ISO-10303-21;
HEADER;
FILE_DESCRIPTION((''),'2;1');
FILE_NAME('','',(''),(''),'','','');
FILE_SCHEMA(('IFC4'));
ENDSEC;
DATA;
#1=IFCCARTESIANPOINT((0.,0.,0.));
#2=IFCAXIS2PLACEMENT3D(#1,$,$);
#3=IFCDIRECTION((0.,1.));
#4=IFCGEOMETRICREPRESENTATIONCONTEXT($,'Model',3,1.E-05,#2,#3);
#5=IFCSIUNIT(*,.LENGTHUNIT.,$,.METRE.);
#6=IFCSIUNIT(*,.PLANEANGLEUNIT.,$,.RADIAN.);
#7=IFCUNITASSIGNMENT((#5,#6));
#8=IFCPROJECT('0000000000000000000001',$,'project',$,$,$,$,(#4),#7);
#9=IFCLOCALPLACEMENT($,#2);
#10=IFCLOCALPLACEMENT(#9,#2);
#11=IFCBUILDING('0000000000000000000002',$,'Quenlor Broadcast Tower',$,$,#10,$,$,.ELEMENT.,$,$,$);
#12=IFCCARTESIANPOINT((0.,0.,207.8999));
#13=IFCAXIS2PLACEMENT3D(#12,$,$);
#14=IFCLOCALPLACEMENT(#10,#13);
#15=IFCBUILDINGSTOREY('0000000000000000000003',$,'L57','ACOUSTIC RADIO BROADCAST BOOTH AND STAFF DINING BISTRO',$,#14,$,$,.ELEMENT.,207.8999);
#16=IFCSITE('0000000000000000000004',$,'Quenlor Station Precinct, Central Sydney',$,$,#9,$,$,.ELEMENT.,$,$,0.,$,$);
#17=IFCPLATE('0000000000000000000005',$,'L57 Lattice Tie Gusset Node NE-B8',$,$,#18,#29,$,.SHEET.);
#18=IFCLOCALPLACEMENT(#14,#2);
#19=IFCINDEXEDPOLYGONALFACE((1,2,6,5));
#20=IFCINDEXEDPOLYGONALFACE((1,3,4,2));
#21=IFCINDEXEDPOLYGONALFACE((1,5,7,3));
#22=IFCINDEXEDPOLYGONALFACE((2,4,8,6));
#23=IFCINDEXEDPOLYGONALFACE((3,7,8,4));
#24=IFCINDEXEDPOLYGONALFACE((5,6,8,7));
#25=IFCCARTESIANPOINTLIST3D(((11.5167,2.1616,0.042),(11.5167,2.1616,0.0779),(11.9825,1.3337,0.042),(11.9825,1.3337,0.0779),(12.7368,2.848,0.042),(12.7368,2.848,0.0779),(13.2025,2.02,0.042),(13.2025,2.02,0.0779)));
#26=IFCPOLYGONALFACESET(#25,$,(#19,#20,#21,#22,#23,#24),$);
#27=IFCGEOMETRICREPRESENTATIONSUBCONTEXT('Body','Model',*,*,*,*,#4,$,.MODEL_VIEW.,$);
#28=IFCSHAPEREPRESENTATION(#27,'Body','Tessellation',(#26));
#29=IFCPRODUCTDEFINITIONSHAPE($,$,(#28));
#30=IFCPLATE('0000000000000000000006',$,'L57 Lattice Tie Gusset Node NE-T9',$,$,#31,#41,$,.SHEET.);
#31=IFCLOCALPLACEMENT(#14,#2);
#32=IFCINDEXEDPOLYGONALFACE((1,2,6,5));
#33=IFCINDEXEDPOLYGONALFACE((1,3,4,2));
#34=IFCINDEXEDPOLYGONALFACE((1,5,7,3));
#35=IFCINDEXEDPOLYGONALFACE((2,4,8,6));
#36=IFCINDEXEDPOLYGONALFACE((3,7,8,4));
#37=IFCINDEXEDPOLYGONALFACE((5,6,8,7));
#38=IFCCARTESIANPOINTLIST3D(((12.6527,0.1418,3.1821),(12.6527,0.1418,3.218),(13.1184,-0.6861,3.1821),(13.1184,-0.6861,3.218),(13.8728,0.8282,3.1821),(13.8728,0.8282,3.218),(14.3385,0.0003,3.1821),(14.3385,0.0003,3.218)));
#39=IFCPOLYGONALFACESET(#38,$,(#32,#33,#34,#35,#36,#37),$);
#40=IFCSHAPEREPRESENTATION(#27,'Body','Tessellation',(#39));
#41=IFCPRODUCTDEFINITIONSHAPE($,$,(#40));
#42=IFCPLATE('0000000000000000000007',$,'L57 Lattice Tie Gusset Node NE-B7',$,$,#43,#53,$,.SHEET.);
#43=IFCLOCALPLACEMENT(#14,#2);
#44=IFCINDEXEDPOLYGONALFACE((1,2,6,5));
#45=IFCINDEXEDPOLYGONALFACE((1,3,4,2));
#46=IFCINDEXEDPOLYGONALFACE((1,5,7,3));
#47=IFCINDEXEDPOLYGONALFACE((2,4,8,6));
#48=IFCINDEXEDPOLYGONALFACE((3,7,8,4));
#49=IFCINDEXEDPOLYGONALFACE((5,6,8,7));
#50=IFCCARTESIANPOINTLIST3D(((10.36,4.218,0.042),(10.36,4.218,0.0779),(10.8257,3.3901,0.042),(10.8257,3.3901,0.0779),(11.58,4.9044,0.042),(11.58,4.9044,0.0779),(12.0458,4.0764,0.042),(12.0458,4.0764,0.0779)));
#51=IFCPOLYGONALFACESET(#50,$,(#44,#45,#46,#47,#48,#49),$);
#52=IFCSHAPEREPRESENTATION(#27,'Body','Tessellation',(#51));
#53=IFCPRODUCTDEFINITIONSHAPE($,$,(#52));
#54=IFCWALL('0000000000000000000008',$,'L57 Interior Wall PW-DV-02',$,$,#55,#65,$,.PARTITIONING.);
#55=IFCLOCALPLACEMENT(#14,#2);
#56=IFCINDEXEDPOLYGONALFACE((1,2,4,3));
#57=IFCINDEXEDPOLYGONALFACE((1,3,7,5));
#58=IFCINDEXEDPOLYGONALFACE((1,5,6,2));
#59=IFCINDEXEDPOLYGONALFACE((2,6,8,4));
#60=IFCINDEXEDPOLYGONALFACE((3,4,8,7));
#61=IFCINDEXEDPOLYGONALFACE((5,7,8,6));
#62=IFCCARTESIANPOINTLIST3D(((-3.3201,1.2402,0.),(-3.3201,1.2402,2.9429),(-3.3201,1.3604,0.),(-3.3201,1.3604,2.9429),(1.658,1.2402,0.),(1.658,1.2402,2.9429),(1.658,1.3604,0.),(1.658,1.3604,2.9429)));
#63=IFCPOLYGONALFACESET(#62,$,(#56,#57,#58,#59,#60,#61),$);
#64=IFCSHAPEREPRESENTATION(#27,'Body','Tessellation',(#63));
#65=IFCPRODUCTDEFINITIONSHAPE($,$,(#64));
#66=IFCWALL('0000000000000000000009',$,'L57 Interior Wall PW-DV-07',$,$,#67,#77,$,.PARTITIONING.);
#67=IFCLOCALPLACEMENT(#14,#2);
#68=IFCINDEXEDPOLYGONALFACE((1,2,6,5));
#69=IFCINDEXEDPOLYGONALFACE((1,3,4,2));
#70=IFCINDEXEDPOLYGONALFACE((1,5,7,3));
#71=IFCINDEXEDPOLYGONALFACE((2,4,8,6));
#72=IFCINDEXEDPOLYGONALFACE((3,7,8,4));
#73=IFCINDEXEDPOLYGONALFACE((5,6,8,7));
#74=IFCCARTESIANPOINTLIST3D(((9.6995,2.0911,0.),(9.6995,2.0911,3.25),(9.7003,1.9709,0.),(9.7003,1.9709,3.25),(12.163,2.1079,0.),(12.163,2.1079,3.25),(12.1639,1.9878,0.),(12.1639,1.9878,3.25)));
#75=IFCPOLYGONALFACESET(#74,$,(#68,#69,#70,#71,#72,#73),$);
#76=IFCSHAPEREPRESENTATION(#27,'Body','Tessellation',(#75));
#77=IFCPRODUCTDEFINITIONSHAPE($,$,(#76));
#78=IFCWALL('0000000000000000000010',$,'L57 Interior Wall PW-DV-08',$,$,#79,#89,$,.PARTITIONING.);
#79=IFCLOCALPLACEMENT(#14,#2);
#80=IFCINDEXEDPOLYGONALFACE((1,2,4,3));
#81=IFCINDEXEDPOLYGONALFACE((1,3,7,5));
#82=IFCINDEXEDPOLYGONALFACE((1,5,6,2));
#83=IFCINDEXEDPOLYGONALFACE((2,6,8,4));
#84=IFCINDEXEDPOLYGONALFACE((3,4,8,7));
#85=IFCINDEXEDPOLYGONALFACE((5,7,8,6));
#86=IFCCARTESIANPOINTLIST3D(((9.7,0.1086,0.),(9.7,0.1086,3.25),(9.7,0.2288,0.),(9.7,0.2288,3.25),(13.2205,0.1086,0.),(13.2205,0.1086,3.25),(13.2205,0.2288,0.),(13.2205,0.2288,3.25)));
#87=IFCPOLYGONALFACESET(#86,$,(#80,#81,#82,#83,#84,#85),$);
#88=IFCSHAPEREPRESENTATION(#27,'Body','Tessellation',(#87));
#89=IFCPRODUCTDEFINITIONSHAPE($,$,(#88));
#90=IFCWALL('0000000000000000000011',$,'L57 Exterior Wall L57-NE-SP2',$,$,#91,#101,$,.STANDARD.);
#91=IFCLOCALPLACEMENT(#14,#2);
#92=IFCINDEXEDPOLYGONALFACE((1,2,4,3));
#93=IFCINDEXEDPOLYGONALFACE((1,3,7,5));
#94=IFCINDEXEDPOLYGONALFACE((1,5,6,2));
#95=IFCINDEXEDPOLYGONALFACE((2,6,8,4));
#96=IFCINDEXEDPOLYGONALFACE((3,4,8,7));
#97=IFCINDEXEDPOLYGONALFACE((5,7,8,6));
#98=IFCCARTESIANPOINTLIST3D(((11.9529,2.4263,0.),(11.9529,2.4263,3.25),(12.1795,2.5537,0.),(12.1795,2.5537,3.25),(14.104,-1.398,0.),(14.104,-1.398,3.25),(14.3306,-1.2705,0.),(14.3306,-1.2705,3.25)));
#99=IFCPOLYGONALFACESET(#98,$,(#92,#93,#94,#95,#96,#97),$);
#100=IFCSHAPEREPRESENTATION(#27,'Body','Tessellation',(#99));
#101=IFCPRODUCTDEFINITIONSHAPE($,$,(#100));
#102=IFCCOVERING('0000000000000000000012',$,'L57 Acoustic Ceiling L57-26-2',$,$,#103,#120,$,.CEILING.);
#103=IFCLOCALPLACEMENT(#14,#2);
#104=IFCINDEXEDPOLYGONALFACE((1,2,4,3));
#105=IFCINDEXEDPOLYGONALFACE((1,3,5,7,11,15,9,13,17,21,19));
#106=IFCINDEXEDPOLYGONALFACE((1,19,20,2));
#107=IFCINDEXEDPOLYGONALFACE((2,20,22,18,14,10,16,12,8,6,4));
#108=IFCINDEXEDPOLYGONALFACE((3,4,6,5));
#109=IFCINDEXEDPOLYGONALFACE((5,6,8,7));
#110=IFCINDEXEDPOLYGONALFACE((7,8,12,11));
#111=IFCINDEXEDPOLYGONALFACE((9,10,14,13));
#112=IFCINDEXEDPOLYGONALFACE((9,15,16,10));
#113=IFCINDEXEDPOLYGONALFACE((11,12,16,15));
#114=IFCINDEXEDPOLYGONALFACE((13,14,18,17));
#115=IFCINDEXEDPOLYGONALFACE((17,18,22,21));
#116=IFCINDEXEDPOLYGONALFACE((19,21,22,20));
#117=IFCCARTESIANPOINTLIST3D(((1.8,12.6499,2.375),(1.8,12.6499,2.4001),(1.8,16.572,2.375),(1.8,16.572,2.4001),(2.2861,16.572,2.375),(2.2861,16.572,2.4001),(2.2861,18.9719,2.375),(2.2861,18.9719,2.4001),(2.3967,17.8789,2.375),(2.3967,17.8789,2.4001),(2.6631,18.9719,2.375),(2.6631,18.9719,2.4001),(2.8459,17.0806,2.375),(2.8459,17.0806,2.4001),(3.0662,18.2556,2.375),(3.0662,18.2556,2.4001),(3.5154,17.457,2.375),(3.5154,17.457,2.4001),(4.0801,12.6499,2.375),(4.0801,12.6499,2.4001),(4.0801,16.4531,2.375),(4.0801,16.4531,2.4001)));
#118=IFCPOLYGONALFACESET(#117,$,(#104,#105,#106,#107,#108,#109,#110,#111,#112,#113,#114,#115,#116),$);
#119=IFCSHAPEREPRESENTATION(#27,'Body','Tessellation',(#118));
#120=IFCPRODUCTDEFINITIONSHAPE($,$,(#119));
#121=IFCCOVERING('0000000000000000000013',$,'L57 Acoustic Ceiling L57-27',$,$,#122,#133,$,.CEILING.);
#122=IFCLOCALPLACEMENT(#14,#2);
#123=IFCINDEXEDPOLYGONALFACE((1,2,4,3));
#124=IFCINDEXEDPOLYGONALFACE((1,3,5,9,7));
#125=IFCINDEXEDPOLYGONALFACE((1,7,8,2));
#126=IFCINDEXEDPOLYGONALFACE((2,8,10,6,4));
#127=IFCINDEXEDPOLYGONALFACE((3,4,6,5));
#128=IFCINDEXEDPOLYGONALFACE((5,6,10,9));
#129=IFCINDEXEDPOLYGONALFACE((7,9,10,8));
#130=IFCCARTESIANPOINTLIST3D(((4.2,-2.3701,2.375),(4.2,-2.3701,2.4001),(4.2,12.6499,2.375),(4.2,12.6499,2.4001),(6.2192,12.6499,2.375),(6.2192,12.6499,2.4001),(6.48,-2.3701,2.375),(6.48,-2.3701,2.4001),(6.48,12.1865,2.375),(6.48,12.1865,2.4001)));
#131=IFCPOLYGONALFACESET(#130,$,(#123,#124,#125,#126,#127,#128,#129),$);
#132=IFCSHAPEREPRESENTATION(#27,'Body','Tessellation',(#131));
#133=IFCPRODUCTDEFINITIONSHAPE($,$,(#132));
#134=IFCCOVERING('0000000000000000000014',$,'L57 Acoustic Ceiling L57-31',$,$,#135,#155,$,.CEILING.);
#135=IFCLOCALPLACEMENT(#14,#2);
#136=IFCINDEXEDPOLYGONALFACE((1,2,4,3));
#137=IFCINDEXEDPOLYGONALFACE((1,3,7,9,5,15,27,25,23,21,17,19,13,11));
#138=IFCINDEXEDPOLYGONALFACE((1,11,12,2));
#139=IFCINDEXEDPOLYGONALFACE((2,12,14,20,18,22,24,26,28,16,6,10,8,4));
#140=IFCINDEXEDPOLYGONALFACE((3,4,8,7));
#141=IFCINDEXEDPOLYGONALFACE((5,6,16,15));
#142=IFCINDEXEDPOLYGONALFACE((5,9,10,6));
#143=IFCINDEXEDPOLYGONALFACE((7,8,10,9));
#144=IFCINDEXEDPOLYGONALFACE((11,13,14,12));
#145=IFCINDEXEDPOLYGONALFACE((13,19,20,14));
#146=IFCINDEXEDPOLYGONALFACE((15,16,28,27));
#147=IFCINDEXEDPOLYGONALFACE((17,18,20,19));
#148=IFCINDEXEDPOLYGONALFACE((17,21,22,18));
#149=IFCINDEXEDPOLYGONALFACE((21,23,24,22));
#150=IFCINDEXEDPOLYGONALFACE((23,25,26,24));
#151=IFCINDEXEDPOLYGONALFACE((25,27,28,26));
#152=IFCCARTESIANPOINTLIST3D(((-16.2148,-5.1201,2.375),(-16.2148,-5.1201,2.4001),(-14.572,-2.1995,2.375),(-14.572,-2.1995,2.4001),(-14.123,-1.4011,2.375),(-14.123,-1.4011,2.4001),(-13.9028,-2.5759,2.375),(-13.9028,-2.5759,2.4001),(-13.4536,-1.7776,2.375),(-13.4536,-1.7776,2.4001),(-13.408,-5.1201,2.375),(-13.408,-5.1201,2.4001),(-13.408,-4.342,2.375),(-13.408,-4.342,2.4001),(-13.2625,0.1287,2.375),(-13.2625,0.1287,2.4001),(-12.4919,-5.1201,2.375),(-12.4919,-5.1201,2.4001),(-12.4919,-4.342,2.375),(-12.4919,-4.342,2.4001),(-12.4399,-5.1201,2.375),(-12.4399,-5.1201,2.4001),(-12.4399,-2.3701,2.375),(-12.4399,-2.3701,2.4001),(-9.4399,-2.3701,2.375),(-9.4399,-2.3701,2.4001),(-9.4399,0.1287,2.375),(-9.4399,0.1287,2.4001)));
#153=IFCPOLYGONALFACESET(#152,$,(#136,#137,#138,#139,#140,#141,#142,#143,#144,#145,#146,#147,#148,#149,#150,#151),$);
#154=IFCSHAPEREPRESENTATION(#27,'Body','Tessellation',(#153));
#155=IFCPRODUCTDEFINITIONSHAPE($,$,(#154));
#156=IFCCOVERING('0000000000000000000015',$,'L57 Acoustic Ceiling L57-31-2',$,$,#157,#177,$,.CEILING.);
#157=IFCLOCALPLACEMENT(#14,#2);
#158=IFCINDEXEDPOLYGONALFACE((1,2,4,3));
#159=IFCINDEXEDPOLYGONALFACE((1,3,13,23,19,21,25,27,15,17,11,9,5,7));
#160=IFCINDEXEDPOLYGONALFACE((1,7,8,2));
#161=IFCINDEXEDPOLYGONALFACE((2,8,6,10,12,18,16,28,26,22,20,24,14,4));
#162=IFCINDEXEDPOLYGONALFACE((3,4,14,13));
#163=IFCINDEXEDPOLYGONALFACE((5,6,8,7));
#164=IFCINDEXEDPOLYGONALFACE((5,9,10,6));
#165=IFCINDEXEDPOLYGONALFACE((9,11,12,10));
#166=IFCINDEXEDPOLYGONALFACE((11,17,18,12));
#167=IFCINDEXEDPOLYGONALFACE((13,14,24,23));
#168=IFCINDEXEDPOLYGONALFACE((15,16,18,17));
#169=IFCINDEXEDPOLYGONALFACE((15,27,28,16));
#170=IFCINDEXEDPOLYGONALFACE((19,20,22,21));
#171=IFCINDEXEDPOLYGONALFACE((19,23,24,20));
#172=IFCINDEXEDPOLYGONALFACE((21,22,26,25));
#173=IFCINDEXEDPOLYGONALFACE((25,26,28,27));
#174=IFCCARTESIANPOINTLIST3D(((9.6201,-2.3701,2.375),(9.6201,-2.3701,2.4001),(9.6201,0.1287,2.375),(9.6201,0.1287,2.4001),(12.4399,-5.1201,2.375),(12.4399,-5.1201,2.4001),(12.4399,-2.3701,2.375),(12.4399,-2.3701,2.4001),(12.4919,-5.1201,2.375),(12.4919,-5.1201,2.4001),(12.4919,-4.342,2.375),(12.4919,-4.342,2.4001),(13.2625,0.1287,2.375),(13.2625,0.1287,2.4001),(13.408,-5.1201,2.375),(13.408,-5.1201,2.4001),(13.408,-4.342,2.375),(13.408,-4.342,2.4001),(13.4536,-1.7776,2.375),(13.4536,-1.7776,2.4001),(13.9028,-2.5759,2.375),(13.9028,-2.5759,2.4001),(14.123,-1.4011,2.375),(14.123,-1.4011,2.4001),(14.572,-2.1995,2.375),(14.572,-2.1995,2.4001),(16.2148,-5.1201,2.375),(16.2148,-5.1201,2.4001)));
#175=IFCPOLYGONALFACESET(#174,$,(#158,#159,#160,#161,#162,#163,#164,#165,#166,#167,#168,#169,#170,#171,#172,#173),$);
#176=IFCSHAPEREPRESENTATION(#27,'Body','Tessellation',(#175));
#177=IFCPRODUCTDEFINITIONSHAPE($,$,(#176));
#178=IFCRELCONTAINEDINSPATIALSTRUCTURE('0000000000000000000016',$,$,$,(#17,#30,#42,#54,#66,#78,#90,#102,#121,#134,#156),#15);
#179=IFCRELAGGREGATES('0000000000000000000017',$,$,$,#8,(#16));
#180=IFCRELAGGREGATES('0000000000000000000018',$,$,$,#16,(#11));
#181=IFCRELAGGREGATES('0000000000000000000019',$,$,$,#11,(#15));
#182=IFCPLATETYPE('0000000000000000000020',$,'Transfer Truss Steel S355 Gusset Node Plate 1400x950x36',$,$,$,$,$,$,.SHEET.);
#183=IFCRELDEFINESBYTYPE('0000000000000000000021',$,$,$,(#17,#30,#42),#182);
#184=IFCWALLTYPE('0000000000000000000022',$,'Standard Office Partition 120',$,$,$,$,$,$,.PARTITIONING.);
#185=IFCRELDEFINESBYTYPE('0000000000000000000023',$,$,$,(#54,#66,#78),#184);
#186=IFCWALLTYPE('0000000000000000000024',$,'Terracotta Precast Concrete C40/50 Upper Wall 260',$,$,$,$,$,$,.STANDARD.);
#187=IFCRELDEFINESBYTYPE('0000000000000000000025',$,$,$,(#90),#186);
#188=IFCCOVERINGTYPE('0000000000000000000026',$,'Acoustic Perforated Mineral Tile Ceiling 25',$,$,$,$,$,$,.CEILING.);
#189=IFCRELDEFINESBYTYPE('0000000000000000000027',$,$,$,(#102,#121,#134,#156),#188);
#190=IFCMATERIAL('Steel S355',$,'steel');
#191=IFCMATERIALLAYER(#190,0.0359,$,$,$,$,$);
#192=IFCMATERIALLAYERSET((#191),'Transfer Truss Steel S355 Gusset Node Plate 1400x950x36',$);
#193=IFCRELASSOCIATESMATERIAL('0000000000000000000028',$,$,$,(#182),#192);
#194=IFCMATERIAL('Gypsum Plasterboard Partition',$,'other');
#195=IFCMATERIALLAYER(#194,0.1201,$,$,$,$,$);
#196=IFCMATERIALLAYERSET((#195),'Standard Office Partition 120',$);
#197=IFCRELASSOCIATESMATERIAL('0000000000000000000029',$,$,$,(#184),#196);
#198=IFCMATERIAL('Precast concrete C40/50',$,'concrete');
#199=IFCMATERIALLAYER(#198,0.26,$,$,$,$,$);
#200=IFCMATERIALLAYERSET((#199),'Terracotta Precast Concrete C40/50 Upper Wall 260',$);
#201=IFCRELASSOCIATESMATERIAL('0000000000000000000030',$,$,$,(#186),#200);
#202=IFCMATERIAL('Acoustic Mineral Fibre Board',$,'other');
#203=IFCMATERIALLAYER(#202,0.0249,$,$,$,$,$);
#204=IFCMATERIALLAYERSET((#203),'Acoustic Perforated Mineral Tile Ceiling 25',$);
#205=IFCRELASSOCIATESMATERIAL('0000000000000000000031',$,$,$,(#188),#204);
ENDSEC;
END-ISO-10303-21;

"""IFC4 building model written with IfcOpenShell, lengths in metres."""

from ifc_helpers import new_model, si_unit, direction, frame, frame_2d, origin, origin_2d, place, context, subcontext, project, spatial, polyline, rectangle, outline, extrude, material, layer, layer_set, type_object, element, save


model = new_model("IFC4")

# Units and contexts
model_context = context("Model", 3, precision=1e-05, world=origin(), true_north=direction((0.0, 1.0)))
body_context = subcontext(model_context, "Body", "Model", "MODEL_VIEW")
ifc_project = project(units=[si_unit("LENGTHUNIT", "METRE"), si_unit("PLANEANGLEUNIT", "RADIAN")], contexts=[model_context])

# Site, building, storey
site_placement = place(None, origin())
site = spatial("IfcSite", under=ifc_project, at=site_placement, Name="Quenlor Station Precinct, Central Sydney", CompositionType="ELEMENT", RefElevation=0.0)
building_placement = place(site_placement, origin())
building = spatial("IfcBuilding", under=site, at=building_placement, Name="Quenlor Broadcast Tower", CompositionType="ELEMENT")
storey_placement = place(building_placement, frame((0.0, 0.0, 207.8999)))
storey = spatial("IfcBuildingStorey", under=building, at=storey_placement, Name="L57", Description="ACOUSTIC RADIO BROADCAST BOOTH AND STAFF DINING BISTRO", CompositionType="ELEMENT", Elevation=207.8999)

# Plates
ifc_material_1 = material(Name="Steel S355", Category="steel")
ifc_layer_1 = layer(ifc_material_1, 0.0359)
ifc_layer_set_1 = layer_set([ifc_layer_1], Name="Transfer Truss Steel S355 Gusset Node Plate 1400x950x36")
plate_type_1 = type_object("IfcPlateType", Name="Transfer Truss Steel S355 Gusset Node Plate 1400x950x36", PredefinedType="SHEET", material=ifc_layer_set_1)
for number, where, z_axis, x_axis, name in (
    (1, (12.3596, 2.0908, 0.042), (0.0, 0.0, 1.0), (0.871556, 0.490295, 0.0), "L57 Lattice Tie Gusset Node NE-B8"),
    (2, (13.4956, 0.071, 3.1821), (0.0, 0.0, 1.0), (0.871556, 0.490295, 0.0), "L57 Lattice Tie Gusset Node NE-T9"),
    (3, (11.2029, 4.1472, 0.042), (0.0, 0.0, 1.0), (0.871556, 0.490295, 0.0), "L57 Lattice Tie Gusset Node NE-B7"),
):
    element("IfcPlate", number, at=place(storey_placement, frame(where, z_axis=z_axis, x_axis=x_axis)), inside=storey, type_object=plate_type_1, Name=name, PredefinedType="SHEET", context=body_context, shape_type="SweptSolid", body=[
        extrude(rectangle(XDim=1.3999, YDim=0.95, at=origin_2d()), origin(), (0.0, 0.0, 1.0), 0.0359),
    ])

# Walls
ifc_material_2 = material(Name="Gypsum Plasterboard Partition", Category="other")
ifc_layer_2 = layer(ifc_material_2, 0.1201)
ifc_layer_set_2 = layer_set([ifc_layer_2], Name="Standard Office Partition 120")
wall_type_1 = type_object("IfcWallType", Name="Standard Office Partition 120", PredefinedType="PARTITIONING", material=ifc_layer_set_2)
wall_1_placement = place(storey_placement, frame((1.658, 1.3003, 0.0), z_axis=(0.0, 0.0, 1.0), x_axis=(-1.0, 0.0, 0.0)))
element("IfcWall", 4, at=wall_1_placement, inside=storey, type_object=wall_type_1, Name="L57 Interior Wall PW-DV-02", PredefinedType="PARTITIONING", context=body_context, shape_type="SweptSolid", body=[
    extrude(rectangle(XDim=4.978, YDim=0.1201, at=frame_2d((2.489, 0.0))), origin(), (0.0, 0.0, 1.0), 2.9429),
])
wall_2_placement = place(storey_placement, frame((12.1636, 2.0479, 0.0), z_axis=(0.0, 0.0, 1.0), x_axis=(-0.999977, -0.006838, 0.0)))
element("IfcWall", 5, at=wall_2_placement, inside=storey, type_object=wall_type_1, Name="L57 Interior Wall PW-DV-07", PredefinedType="PARTITIONING", context=body_context, shape_type="SweptSolid", body=[
    extrude(rectangle(XDim=2.4636, YDim=0.1201, at=frame_2d((1.2319, 0.0))), origin(), (0.0, 0.0, 1.0), 3.25),
])
wall_3_placement = place(storey_placement, frame((13.2205, 0.1687, 0.0), z_axis=(0.0, 0.0, 1.0), x_axis=(-1.0, 0.0, 0.0)))
element("IfcWall", 6, at=wall_3_placement, inside=storey, type_object=wall_type_1, Name="L57 Interior Wall PW-DV-08", PredefinedType="PARTITIONING", context=body_context, shape_type="SweptSolid", body=[
    extrude(rectangle(XDim=3.5205, YDim=0.1201, at=frame_2d((1.7603, 0.0))), origin(), (0.0, 0.0, 1.0), 3.25),
])
ifc_material_3 = material(Name="Precast concrete C40/50", Category="concrete")
ifc_layer_3 = layer(ifc_material_3, 0.26)
ifc_layer_set_3 = layer_set([ifc_layer_3], Name="Terracotta Precast Concrete C40/50 Upper Wall 260")
wall_type_2 = type_object("IfcWallType", Name="Terracotta Precast Concrete C40/50 Upper Wall 260", PredefinedType="STANDARD", material=ifc_layer_set_3)
wall_4_placement = place(storey_placement, frame((12.0662, 2.49, 0.0), z_axis=(0.0, 0.0, 1.0), x_axis=(0.490261, -0.871576, 0.0)))
element("IfcWall", 7, at=wall_4_placement, inside=storey, type_object=wall_type_2, Name="L57 Exterior Wall L57-NE-SP2", PredefinedType="STANDARD", context=body_context, shape_type="SweptSolid", body=[
    extrude(rectangle(XDim=4.3877, YDim=0.26, at=frame_2d((2.1938, 0.0))), origin(), (0.0, 0.0, 1.0), 3.25),
])

# Coverings
ifc_material_4 = material(Name="Acoustic Mineral Fibre Board", Category="other")
ifc_layer_4 = layer(ifc_material_4, 0.0249)
ifc_layer_set_4 = layer_set([ifc_layer_4], Name="Acoustic Perforated Mineral Tile Ceiling 25")
covering_type = type_object("IfcCoveringType", Name="Acoustic Perforated Mineral Tile Ceiling 25", PredefinedType="CEILING", material=ifc_layer_set_4)
covering_1_placement = place(storey_placement, frame((0.0, 0.0, 2.375)))
element("IfcCovering", 8, at=covering_1_placement, inside=storey, type_object=covering_type, Name="L57 Acoustic Ceiling L57-26-2", PredefinedType="CEILING", context=body_context, shape_type="SweptSolid", body=[
    extrude(outline(polyline([(2.3967, 17.8789), (2.8459, 17.0806), (3.5154, 17.457), (4.0801, 16.4531), (4.0801, 12.6499), (1.8, 12.6499), (1.8, 16.572), (2.2861, 16.572), (2.2861, 18.9719), (2.6631, 18.9719), (3.0662, 18.2556), (2.3967, 17.8789)])), origin(), (0.0, 0.0, 1.0), 0.0251),
])
covering_2_placement = place(storey_placement, frame((0.0, 0.0, 2.375)))
element("IfcCovering", 9, at=covering_2_placement, inside=storey, type_object=covering_type, Name="L57 Acoustic Ceiling L57-27", PredefinedType="CEILING", context=body_context, shape_type="SweptSolid", body=[
    extrude(outline(polyline([(4.2, 12.6499), (6.2192, 12.6499), (6.48, 12.1865), (6.48, -2.3701), (4.2, -2.3701), (4.2, 12.6499)])), origin(), (0.0, 0.0, 1.0), 0.0251),
])
covering_3_placement = place(storey_placement, frame((0.0, 0.0, 2.375)))
element("IfcCovering", 10, at=covering_3_placement, inside=storey, type_object=covering_type, Name="L57 Acoustic Ceiling L57-31", PredefinedType="CEILING", context=body_context, shape_type="SweptSolid", body=[
    extrude(outline(polyline([(-14.572, -2.1995), (-13.9028, -2.5759), (-13.4536, -1.7776), (-14.123, -1.4011), (-13.2625, 0.1287), (-9.4399, 0.1287), (-9.4399, -2.3701), (-12.4399, -2.3701), (-12.4399, -5.1201), (-12.4919, -5.1201), (-12.4919, -4.342), (-13.408, -4.342), (-13.408, -5.1201), (-16.2148, -5.1201), (-14.572, -2.1995)])), origin(), (0.0, 0.0, 1.0), 0.0251),
])
covering_4_placement = place(storey_placement, frame((0.0, 0.0, 2.375)))
element("IfcCovering", 11, at=covering_4_placement, inside=storey, type_object=covering_type, Name="L57 Acoustic Ceiling L57-31-2", PredefinedType="CEILING", context=body_context, shape_type="SweptSolid", body=[
    extrude(outline(polyline([(13.408, -4.342), (12.4919, -4.342), (12.4919, -5.1201), (12.4399, -5.1201), (12.4399, -2.3701), (9.6201, -2.3701), (9.6201, 0.1287), (13.2625, 0.1287), (14.123, -1.4011), (13.4536, -1.7776), (13.9028, -2.5759), (14.572, -2.1995), (16.2148, -5.1201), (13.408, -5.1201), (13.408, -4.342)])), origin(), (0.0, 0.0, 1.0), 0.0251),
])

save(model, "model.ifc")
